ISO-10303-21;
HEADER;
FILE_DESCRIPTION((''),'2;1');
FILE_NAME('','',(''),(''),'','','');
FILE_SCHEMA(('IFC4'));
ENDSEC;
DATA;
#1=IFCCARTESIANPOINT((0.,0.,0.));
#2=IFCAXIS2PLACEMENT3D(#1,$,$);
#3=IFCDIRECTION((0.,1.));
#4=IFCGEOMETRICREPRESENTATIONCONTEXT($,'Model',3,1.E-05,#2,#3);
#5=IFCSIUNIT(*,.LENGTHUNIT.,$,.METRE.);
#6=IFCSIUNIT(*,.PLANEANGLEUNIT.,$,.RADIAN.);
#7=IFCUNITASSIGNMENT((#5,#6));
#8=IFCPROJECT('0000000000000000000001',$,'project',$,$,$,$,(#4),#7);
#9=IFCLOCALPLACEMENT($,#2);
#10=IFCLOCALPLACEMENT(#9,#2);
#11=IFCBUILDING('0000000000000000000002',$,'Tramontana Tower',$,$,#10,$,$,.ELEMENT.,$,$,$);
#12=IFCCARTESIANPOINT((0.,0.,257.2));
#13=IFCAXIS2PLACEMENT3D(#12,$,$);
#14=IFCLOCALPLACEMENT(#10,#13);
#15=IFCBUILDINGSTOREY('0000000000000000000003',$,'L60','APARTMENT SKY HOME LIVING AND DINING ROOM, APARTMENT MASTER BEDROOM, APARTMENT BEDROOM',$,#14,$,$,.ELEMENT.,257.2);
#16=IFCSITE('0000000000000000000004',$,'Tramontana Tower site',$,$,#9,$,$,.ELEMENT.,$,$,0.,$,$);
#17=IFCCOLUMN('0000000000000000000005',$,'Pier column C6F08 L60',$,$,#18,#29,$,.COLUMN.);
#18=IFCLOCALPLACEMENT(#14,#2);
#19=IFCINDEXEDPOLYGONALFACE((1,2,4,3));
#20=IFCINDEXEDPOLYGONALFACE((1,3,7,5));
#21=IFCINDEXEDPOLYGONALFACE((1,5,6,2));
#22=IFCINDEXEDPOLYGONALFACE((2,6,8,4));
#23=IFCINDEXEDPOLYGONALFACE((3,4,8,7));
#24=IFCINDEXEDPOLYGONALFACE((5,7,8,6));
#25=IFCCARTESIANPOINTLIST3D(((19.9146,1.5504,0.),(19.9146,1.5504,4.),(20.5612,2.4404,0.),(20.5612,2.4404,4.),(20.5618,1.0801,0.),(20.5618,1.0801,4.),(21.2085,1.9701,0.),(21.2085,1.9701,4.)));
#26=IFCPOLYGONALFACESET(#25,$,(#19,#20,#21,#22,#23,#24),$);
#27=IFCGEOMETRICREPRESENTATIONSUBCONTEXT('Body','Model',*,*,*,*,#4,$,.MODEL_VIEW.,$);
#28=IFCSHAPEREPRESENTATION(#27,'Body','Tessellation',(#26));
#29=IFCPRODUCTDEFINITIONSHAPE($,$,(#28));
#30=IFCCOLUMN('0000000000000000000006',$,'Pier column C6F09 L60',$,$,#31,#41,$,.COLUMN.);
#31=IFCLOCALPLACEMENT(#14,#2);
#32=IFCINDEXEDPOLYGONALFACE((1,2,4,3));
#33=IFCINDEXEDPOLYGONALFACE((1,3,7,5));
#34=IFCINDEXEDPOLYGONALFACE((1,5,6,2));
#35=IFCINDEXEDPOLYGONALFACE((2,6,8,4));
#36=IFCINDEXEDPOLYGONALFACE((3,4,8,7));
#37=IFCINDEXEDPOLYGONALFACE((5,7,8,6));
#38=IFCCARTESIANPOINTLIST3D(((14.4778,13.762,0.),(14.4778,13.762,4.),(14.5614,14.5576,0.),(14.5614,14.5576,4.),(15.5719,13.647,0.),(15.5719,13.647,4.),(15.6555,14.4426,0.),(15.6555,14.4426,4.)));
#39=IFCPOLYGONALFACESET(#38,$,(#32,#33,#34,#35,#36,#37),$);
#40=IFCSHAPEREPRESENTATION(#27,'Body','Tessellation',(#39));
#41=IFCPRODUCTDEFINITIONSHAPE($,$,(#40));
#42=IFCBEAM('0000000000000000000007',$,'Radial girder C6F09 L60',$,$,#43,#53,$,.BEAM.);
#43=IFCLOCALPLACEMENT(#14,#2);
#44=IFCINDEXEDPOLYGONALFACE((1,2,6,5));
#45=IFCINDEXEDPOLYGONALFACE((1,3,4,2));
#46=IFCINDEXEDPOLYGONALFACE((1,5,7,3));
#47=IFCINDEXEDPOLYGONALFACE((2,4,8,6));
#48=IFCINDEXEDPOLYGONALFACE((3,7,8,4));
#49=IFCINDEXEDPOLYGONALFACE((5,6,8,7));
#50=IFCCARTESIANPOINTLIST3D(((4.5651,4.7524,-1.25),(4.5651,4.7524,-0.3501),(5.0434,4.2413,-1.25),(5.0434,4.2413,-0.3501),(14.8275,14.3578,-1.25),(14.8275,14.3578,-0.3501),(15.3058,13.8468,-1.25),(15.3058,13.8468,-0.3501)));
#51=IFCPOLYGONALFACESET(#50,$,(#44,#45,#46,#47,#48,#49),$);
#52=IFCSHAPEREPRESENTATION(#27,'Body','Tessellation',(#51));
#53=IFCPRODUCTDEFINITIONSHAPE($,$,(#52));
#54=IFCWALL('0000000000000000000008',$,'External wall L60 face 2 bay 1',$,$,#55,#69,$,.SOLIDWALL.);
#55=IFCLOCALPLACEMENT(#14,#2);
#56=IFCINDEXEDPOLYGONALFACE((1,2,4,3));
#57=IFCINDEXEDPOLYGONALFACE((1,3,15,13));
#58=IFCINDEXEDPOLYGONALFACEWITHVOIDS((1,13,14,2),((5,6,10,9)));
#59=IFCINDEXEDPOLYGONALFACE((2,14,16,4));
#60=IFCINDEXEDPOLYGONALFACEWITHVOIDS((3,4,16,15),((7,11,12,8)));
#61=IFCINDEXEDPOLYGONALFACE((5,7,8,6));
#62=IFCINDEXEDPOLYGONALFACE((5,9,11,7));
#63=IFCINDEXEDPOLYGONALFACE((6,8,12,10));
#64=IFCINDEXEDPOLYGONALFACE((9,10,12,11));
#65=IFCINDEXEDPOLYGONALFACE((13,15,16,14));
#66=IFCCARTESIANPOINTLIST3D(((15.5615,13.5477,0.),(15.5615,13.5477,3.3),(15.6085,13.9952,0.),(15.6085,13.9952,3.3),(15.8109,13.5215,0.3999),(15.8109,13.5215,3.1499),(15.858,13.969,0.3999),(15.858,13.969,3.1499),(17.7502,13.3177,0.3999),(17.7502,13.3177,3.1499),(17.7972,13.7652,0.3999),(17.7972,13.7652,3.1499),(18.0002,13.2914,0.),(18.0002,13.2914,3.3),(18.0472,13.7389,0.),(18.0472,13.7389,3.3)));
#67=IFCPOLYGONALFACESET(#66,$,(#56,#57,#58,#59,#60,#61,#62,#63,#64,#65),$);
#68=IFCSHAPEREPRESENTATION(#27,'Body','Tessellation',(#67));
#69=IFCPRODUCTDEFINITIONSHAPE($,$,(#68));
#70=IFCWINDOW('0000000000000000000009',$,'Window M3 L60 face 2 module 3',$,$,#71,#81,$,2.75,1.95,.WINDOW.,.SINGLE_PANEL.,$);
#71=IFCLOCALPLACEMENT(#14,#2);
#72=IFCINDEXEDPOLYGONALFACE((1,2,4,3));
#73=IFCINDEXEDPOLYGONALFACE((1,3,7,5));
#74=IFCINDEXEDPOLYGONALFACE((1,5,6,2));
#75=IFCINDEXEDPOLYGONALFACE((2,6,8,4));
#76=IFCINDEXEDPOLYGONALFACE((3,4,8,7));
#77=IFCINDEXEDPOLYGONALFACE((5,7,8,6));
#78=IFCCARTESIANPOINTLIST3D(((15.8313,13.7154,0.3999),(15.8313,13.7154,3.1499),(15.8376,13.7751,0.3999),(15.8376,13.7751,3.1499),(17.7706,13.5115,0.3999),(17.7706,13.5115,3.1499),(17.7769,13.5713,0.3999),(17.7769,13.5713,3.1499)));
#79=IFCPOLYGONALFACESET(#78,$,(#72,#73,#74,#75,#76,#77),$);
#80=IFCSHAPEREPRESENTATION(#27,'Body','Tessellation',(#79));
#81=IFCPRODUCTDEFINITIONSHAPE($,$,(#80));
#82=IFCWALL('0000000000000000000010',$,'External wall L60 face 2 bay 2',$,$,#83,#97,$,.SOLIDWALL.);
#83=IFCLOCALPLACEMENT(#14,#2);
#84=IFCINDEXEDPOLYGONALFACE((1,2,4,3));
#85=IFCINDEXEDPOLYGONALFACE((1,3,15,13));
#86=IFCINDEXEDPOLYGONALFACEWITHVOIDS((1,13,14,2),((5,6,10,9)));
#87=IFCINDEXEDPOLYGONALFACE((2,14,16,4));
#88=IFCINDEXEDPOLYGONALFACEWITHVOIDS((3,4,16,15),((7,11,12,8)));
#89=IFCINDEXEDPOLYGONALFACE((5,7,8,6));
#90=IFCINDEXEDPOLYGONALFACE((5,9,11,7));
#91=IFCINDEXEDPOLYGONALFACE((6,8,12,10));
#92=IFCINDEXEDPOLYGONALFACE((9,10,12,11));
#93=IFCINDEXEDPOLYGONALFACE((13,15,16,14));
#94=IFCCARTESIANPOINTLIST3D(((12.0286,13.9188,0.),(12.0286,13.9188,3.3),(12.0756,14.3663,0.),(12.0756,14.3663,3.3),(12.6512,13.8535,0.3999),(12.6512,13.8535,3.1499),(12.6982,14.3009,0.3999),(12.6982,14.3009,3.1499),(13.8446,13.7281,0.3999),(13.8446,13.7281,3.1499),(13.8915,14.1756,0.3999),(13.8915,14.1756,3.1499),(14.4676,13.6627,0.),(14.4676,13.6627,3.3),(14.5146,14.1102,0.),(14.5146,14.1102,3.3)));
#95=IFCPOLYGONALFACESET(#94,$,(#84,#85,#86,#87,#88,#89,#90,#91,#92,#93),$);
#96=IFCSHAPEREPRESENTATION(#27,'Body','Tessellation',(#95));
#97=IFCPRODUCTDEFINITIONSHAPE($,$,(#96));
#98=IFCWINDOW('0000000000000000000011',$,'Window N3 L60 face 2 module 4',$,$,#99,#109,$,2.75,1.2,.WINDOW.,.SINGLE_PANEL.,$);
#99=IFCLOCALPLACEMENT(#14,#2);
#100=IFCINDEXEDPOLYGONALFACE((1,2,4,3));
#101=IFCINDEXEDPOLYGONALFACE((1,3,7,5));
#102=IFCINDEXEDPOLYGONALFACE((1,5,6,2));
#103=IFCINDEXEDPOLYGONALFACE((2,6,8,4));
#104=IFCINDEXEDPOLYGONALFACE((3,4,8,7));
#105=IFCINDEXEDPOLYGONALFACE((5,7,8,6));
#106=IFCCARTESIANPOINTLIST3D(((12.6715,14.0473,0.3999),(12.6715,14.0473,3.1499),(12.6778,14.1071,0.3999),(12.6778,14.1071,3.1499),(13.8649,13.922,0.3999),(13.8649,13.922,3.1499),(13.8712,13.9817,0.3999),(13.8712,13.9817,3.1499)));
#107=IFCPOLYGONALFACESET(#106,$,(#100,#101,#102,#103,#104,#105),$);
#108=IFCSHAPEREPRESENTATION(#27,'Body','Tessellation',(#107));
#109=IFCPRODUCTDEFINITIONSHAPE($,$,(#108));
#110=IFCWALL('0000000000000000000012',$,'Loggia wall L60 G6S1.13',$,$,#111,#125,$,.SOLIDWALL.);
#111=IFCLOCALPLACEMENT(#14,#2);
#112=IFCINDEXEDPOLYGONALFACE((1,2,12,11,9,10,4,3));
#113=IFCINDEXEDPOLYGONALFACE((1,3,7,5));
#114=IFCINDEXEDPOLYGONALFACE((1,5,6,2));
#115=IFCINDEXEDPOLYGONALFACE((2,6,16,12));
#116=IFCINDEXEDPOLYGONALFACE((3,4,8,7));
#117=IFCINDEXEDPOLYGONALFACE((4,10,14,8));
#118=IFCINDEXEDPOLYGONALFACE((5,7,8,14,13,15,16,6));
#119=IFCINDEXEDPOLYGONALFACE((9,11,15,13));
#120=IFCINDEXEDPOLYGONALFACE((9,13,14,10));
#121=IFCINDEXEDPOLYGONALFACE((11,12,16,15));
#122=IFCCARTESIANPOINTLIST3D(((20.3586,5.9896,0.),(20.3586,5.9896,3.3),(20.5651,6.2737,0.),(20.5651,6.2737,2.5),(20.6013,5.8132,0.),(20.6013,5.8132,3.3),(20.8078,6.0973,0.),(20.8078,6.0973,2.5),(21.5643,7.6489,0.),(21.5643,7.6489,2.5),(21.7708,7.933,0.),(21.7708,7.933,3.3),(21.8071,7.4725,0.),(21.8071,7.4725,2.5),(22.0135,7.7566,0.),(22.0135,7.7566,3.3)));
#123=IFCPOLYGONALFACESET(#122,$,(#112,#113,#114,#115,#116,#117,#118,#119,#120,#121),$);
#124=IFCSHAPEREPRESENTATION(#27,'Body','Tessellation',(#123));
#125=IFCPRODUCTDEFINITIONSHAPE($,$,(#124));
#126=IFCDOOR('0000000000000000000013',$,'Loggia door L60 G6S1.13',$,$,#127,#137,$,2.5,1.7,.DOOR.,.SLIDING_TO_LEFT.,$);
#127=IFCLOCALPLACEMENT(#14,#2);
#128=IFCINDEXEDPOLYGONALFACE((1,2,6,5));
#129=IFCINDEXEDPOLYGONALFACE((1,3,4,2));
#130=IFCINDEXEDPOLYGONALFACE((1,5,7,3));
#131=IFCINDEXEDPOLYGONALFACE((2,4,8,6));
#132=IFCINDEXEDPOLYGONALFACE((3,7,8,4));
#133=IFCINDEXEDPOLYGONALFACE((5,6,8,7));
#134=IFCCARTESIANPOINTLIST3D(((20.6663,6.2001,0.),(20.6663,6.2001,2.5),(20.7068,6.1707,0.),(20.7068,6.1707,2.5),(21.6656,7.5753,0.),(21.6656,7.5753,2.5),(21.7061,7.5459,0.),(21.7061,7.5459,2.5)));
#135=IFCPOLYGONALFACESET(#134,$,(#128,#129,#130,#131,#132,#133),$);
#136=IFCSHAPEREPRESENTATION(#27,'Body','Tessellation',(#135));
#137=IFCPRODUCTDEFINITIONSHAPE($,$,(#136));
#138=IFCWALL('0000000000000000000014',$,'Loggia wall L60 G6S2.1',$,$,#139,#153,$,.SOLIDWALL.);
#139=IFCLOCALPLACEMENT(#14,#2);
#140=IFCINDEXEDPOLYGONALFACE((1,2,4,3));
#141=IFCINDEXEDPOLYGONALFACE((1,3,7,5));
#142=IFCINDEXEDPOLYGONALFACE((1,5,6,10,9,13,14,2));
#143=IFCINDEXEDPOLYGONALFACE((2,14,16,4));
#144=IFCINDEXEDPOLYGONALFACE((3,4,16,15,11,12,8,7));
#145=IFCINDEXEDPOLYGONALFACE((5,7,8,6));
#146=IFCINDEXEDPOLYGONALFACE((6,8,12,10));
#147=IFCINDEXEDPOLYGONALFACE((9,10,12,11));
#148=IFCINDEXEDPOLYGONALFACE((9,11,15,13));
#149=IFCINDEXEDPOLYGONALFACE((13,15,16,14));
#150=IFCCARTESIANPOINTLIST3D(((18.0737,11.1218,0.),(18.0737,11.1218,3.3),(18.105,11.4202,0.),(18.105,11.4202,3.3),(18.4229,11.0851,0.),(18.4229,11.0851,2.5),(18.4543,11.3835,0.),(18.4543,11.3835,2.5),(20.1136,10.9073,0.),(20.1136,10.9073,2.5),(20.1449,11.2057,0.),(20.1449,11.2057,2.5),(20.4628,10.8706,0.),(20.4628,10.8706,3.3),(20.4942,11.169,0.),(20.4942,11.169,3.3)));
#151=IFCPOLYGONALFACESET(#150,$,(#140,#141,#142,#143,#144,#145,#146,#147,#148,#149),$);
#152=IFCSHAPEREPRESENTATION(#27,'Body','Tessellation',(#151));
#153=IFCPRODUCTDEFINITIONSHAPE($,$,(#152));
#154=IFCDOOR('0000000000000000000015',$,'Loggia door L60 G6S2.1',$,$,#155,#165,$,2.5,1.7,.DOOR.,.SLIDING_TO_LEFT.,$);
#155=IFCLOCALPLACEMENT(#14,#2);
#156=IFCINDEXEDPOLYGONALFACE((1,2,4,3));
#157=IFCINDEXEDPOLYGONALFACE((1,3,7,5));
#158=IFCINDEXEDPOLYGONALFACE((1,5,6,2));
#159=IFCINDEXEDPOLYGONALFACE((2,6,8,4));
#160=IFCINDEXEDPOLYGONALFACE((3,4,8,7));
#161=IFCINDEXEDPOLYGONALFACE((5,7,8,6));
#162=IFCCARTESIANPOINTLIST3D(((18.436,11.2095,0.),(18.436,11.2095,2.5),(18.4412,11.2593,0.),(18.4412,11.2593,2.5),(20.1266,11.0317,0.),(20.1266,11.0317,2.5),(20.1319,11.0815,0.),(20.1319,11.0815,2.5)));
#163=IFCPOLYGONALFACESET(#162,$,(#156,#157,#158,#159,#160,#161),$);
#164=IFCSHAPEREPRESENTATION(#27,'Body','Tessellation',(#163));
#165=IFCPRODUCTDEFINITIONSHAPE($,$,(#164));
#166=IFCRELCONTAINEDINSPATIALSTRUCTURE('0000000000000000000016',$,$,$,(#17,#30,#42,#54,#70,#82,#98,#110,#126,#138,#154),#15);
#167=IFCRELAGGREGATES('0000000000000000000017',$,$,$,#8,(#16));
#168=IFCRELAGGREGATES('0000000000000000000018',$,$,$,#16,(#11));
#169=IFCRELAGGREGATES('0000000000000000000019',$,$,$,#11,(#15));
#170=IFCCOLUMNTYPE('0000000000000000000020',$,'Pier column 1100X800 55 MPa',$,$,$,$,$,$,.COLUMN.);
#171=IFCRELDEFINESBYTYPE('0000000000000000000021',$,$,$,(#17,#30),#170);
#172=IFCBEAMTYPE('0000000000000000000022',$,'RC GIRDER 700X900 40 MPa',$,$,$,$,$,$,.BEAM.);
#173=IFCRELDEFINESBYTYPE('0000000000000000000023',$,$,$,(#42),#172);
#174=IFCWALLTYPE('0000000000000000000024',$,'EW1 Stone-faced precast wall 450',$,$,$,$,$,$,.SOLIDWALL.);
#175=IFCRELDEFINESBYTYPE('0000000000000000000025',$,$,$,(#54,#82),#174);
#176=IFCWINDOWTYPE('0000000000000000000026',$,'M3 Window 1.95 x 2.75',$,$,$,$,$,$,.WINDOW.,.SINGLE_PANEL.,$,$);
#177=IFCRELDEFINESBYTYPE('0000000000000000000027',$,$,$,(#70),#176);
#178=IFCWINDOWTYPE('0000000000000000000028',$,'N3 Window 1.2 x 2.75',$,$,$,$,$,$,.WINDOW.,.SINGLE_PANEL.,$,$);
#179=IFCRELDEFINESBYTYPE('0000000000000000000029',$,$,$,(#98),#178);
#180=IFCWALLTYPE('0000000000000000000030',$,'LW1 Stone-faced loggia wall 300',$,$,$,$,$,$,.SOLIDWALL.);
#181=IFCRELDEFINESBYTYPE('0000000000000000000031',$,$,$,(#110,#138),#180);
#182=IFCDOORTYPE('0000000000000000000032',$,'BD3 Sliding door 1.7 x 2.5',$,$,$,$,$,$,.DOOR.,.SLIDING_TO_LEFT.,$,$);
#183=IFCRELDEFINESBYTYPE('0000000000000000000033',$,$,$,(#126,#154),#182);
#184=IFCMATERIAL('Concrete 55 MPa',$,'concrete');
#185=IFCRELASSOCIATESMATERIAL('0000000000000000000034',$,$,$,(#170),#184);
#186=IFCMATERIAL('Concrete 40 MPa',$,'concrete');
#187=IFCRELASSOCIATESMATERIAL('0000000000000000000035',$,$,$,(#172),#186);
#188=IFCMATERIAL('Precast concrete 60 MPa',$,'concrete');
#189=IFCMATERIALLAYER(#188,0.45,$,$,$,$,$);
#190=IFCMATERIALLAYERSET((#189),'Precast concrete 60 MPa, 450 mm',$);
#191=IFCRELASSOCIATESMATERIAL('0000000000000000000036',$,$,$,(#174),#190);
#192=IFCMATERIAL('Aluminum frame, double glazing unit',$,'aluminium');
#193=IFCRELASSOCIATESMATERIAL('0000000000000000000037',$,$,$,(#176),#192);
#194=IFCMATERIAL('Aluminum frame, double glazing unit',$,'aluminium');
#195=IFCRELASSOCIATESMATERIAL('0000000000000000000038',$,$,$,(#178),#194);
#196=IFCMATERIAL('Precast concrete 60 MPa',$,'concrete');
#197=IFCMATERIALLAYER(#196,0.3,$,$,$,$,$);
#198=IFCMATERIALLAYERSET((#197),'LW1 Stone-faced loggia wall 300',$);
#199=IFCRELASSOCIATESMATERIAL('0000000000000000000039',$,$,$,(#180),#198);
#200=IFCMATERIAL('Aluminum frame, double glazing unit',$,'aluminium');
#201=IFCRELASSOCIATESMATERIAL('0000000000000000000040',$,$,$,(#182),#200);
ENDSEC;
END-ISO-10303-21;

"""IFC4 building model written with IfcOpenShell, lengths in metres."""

from ifc_helpers import new_model, si_unit, direction, frame, frame_2d, origin, origin_2d, place, context, subcontext, project, spatial, rectangle, extrude, material, layer, layer_set, material_profile, profile_set, type_object, element, fill, save


model = new_model("IFC4")

# Units and contexts
model_context = context("Model", 3, precision=1e-05, world=origin(), true_north=direction((0.0, 1.0)))
body_context = subcontext(model_context, "Body", "Model", "MODEL_VIEW")
ifc_project = project(units=[si_unit("LENGTHUNIT", "METRE"), si_unit("PLANEANGLEUNIT", "RADIAN")], contexts=[model_context])

# Site, building, storey
site_placement = place(None, origin())
site = spatial("IfcSite", under=ifc_project, at=site_placement, Name="Tramontana Tower site", CompositionType="ELEMENT", RefElevation=0.0)
building_placement = place(site_placement, origin())
building = spatial("IfcBuilding", under=site, at=building_placement, Name="Tramontana Tower", CompositionType="ELEMENT")
storey_placement = place(building_placement, frame((0.0, 0.0, 257.2)))
storey = spatial("IfcBuildingStorey", under=building, at=storey_placement, Name="L60", Description="APARTMENT SKY HOME LIVING AND DINING ROOM, APARTMENT MASTER BEDROOM, APARTMENT BEDROOM", CompositionType="ELEMENT", Elevation=257.2)

# Columns
ifc_material_1 = material(Name="Concrete 55 MPa", Category="concrete")
ifc_material_profile_1 = material_profile(ifc_material_1, rectangle(XDim=1.1001, YDim=0.8, at=origin_2d()), Name="Pier column 1100X800 55 MPa")
ifc_profile_set_1 = profile_set([ifc_material_profile_1], Name="Concrete 55 MPa")
column_type = type_object("IfcColumnType", Name="Pier column 1100X800 55 MPa", PredefinedType="COLUMN", material=ifc_profile_set_1)
for number, where, z_axis, x_axis, name in (
    (1, (20.5615, 1.7603, 0.0), (0.0, 0.0, 1.0), (0.587785, 0.809017, 0.0), "Pier column C6F08 L60"),
    (2, (15.0667, 14.1023, 0.0), (0.0, 0.0, 1.0), (-0.994522, 0.104528, 0.0), "Pier column C6F09 L60"),
):
    element("IfcColumn", number, at=place(storey_placement, frame(where, z_axis=z_axis, x_axis=x_axis)), inside=storey, type_object=column_type, Name=name, PredefinedType="COLUMN", context=body_context, shape_type="SweptSolid", body=[
        extrude(rectangle(XDim=1.1001, YDim=0.8, at=origin_2d()), origin(), (0.0, 0.0, 1.0), 4.0),
    ])

# Beam
ifc_material_2 = material(Name="Concrete 40 MPa", Category="concrete")
ifc_material_profile_2 = material_profile(ifc_material_2, rectangle(XDim=0.7, YDim=0.8999, at=origin_2d()), Name="RC GIRDER 700X900 40 MPa")
ifc_profile_set_2 = profile_set([ifc_material_profile_2], Name="Concrete 40 MPa")
beam_type = type_object("IfcBeamType", Name="RC GIRDER 700X900 40 MPa", PredefinedType="BEAM", material=ifc_profile_set_2)
beam_placement = place(storey_placement, frame((15.0667, 14.1023, -0.8), z_axis=(-0.73009, -0.683351, 0.0), x_axis=(0.683351, -0.73009, 0.0)))
element("IfcBeam", 3, at=beam_placement, inside=storey, type_object=beam_type, Name="Radial girder C6F09 L60", PredefinedType="BEAM", context=body_context, shape_type="SweptSolid", body=[
    extrude(rectangle(XDim=0.7, YDim=0.8999, at=origin_2d()), origin(), (0.0, 0.0, 1.0), 14.0564),
])

# Walls, openings, windows
ifc_material_3 = material(Name="Precast concrete 60 MPa", Category="concrete")
ifc_layer_1 = layer(ifc_material_3, 0.45)
ifc_layer_set_1 = layer_set([ifc_layer_1], Name="Precast concrete 60 MPa, 450 mm")
wall_type_1 = type_object("IfcWallType", Name="EW1 Stone-faced precast wall 450", PredefinedType="SOLIDWALL", material=ifc_layer_set_1)
wall_1_placement = place(storey_placement, frame((18.0237, 13.5151, 0.0), z_axis=(0.0, 0.0, 1.0), x_axis=(-0.994521, 0.10454, 0.0)))
wall_1 = element("IfcWall", 4, at=wall_1_placement, inside=storey, type_object=wall_type_1, Name="External wall L60 face 2 bay 1", PredefinedType="SOLIDWALL", context=body_context, shape_type="SweptSolid", body=[
    extrude(rectangle(XDim=2.4521, YDim=0.45, at=frame_2d((1.2261, 0.0))), origin(), (0.0, 0.0, 1.0), 3.3),
])
opening_1_placement = place(wall_1_placement, frame((0.2512, 0.0, 0.3999)))
opening_1 = element("IfcOpeningElement", 5, at=opening_1_placement, cuts=wall_1, PredefinedType="OPENING", context=body_context, shape_type="SweptSolid", body=[
    extrude(rectangle(XDim=1.95, YDim=2.75, at=frame_2d((0.9751, 1.375))), frame((0.0, 0.2349, 0.0), z_axis=(0.0, -1.0, 0.0), x_axis=(1.0, 0.0, 0.0)), (0.0, 0.0, 1.0), 0.47),
])
ifc_material_4 = material(Name="Aluminum frame, double glazing unit", Category="aluminium")
window_type_1 = type_object("IfcWindowType", Name="M3 Window 1.95 x 2.75", PartitioningType="SINGLE_PANEL", PredefinedType="WINDOW", material=ifc_material_4)
window_1_placement = place(opening_1_placement, origin())
window_1 = element("IfcWindow", 6, at=window_1_placement, inside=storey, type_object=window_type_1, Name="Window M3 L60 face 2 module 3", OverallHeight=2.75, OverallWidth=1.95, PartitioningType="SINGLE_PANEL", PredefinedType="WINDOW", context=body_context, shape_type="SweptSolid", body=[
    extrude(rectangle(XDim=1.95, YDim=2.75, at=frame_2d((0.9751, 1.375))), frame((0.0, 0.03, 0.0), z_axis=(0.0, -1.0, 0.0), x_axis=(1.0, 0.0, 0.0)), (0.0, 0.0, 1.0), 0.0601),
])
fill(opening_1, window_1)
wall_2_placement = place(storey_placement, frame((14.491, 13.8865, 0.0), z_axis=(0.0, 0.0, 1.0), x_axis=(-0.994532, 0.104431, 0.0)))
wall_2 = element("IfcWall", 7, at=wall_2_placement, inside=storey, type_object=wall_type_1, Name="External wall L60 face 2 bay 2", PredefinedType="SOLIDWALL", context=body_context, shape_type="SweptSolid", body=[
    extrude(rectangle(XDim=2.4524, YDim=0.45, at=frame_2d((1.2261, 0.0))), origin(), (0.0, 0.0, 1.0), 3.3),
])
opening_2_placement = place(wall_2_placement, frame((0.6262, 0.0, 0.3999)))
opening_2 = element("IfcOpeningElement", 8, at=opening_2_placement, cuts=wall_2, PredefinedType="OPENING", context=body_context, shape_type="SweptSolid", body=[
    extrude(rectangle(XDim=1.2, YDim=2.75, at=frame_2d((0.6001, 1.375))), frame((0.0, 0.2349, 0.0), z_axis=(0.0, -1.0, 0.0), x_axis=(1.0, 0.0, 0.0)), (0.0, 0.0, 1.0), 0.47),
])
ifc_material_5 = material(Name="Aluminum frame, double glazing unit", Category="aluminium")
window_type_2 = type_object("IfcWindowType", Name="N3 Window 1.2 x 2.75", PartitioningType="SINGLE_PANEL", PredefinedType="WINDOW", material=ifc_material_5)
window_2_placement = place(opening_2_placement, origin())
window_2 = element("IfcWindow", 9, at=window_2_placement, inside=storey, type_object=window_type_2, Name="Window N3 L60 face 2 module 4", OverallHeight=2.75, OverallWidth=1.2, PartitioningType="SINGLE_PANEL", PredefinedType="WINDOW", context=body_context, shape_type="SweptSolid", body=[
    extrude(rectangle(XDim=1.2, YDim=2.75, at=frame_2d((0.6001, 1.375))), frame((0.0, 0.03, 0.0), z_axis=(0.0, -1.0, 0.0), x_axis=(1.0, 0.0, 0.0)), (0.0, 0.0, 1.0), 0.0601),
])
fill(opening_2, window_2)

# Walls, openings, doors
ifc_material_6 = material(Name="Precast concrete 60 MPa", Category="concrete")
ifc_layer_2 = layer(ifc_material_6, 0.3)
ifc_layer_set_2 = layer_set([ifc_layer_2], Name="LW1 Stone-faced loggia wall 300")
wall_type_2 = type_object("IfcWallType", Name="LW1 Stone-faced loggia wall 300", PredefinedType="SOLIDWALL", material=ifc_layer_set_2)
wall_3_placement = place(storey_placement, frame((20.48, 5.9014, 0.0), z_axis=(0.0, 0.0, 1.0), x_axis=(0.587833, 0.808982, 0.0)))
wall_3 = element("IfcWall", 10, at=wall_3_placement, inside=storey, type_object=wall_type_2, Name="Loggia wall L60 G6S1.13", PredefinedType="SOLIDWALL", context=body_context, shape_type="SweptSolid", body=[
    extrude(rectangle(XDim=2.4023, YDim=0.3, at=frame_2d((1.2012, 0.0))), origin(), (0.0, 0.0, 1.0), 3.3),
])
opening_3_placement = place(wall_3_placement, frame((0.3511, 0.0, 0.0)))
opening_3 = element("IfcOpeningElement", 11, at=opening_3_placement, cuts=wall_3, PredefinedType="OPENING", context=body_context, shape_type="SweptSolid", body=[
    extrude(rectangle(XDim=1.7, YDim=2.5, at=frame_2d((0.8501, 1.25))), frame((0.0, 0.1599, 0.0), z_axis=(0.0, -1.0, 0.0), x_axis=(1.0, 0.0, 0.0)), (0.0, 0.0, 1.0), 0.3201),
])
ifc_material_7 = material(Name="Aluminum frame, double glazing unit", Category="aluminium")
door_type_1 = type_object("IfcDoorType", Name="BD3 Sliding door 1.7 x 2.5", OperationType="SLIDING_TO_LEFT", PredefinedType="DOOR", material=ifc_material_7)
door_1_placement = place(opening_3_placement, origin())
door_1 = element("IfcDoor", 12, at=door_1_placement, inside=storey, type_object=door_type_1, Name="Loggia door L60 G6S1.13", OperationType="SLIDING_TO_LEFT", OverallHeight=2.5, OverallWidth=1.7, PredefinedType="DOOR", context=body_context, shape_type="SweptSolid", body=[
    extrude(rectangle(XDim=1.7, YDim=2.5, at=frame_2d((0.8501, 1.25))), frame((0.0, 0.0249, 0.0), z_axis=(0.0, -1.0, 0.0), x_axis=(1.0, 0.0, 0.0)), (0.0, 0.0, 1.0), 0.05),
])
fill(opening_3, door_1)
wall_4_placement = place(storey_placement, frame((20.4785, 11.0198, 0.0), z_axis=(0.0, 0.0, 1.0), x_axis=(-0.994517, 0.104574, 0.0)))
wall_4 = element("IfcWall", 13, at=wall_4_placement, inside=storey, type_object=wall_type_2, Name="Loggia wall L60 G6S2.1", PredefinedType="SOLIDWALL", context=body_context, shape_type="SweptSolid", body=[
    extrude(rectangle(XDim=2.4023, YDim=0.3, at=frame_2d((1.2012, 0.0))), origin(), (0.0, 0.0, 1.0), 3.3),
])
opening_4_placement = place(wall_4_placement, frame((0.3511, 0.0, 0.0)))
opening_4 = element("IfcOpeningElement", 14, at=opening_4_placement, cuts=wall_4, PredefinedType="OPENING", context=body_context, shape_type="SweptSolid", body=[
    extrude(rectangle(XDim=1.7, YDim=2.5, at=frame_2d((0.8501, 1.25))), frame((0.0, 0.1599, 0.0), z_axis=(0.0, -1.0, 0.0), x_axis=(1.0, 0.0, 0.0)), (0.0, 0.0, 1.0), 0.3201),
])
door_2_placement = place(opening_4_placement, origin())
door_2 = element("IfcDoor", 15, at=door_2_placement, inside=storey, type_object=door_type_1, Name="Loggia door L60 G6S2.1", OperationType="SLIDING_TO_LEFT", OverallHeight=2.5, OverallWidth=1.7, PredefinedType="DOOR", context=body_context, shape_type="SweptSolid", body=[
    extrude(rectangle(XDim=1.7, YDim=2.5, at=frame_2d((0.8501, 1.25))), frame((0.0, 0.0249, 0.0), z_axis=(0.0, -1.0, 0.0), x_axis=(1.0, 0.0, 0.0)), (0.0, 0.0, 1.0), 0.05),
])
fill(opening_4, door_2)

save(model, "model.ifc")
